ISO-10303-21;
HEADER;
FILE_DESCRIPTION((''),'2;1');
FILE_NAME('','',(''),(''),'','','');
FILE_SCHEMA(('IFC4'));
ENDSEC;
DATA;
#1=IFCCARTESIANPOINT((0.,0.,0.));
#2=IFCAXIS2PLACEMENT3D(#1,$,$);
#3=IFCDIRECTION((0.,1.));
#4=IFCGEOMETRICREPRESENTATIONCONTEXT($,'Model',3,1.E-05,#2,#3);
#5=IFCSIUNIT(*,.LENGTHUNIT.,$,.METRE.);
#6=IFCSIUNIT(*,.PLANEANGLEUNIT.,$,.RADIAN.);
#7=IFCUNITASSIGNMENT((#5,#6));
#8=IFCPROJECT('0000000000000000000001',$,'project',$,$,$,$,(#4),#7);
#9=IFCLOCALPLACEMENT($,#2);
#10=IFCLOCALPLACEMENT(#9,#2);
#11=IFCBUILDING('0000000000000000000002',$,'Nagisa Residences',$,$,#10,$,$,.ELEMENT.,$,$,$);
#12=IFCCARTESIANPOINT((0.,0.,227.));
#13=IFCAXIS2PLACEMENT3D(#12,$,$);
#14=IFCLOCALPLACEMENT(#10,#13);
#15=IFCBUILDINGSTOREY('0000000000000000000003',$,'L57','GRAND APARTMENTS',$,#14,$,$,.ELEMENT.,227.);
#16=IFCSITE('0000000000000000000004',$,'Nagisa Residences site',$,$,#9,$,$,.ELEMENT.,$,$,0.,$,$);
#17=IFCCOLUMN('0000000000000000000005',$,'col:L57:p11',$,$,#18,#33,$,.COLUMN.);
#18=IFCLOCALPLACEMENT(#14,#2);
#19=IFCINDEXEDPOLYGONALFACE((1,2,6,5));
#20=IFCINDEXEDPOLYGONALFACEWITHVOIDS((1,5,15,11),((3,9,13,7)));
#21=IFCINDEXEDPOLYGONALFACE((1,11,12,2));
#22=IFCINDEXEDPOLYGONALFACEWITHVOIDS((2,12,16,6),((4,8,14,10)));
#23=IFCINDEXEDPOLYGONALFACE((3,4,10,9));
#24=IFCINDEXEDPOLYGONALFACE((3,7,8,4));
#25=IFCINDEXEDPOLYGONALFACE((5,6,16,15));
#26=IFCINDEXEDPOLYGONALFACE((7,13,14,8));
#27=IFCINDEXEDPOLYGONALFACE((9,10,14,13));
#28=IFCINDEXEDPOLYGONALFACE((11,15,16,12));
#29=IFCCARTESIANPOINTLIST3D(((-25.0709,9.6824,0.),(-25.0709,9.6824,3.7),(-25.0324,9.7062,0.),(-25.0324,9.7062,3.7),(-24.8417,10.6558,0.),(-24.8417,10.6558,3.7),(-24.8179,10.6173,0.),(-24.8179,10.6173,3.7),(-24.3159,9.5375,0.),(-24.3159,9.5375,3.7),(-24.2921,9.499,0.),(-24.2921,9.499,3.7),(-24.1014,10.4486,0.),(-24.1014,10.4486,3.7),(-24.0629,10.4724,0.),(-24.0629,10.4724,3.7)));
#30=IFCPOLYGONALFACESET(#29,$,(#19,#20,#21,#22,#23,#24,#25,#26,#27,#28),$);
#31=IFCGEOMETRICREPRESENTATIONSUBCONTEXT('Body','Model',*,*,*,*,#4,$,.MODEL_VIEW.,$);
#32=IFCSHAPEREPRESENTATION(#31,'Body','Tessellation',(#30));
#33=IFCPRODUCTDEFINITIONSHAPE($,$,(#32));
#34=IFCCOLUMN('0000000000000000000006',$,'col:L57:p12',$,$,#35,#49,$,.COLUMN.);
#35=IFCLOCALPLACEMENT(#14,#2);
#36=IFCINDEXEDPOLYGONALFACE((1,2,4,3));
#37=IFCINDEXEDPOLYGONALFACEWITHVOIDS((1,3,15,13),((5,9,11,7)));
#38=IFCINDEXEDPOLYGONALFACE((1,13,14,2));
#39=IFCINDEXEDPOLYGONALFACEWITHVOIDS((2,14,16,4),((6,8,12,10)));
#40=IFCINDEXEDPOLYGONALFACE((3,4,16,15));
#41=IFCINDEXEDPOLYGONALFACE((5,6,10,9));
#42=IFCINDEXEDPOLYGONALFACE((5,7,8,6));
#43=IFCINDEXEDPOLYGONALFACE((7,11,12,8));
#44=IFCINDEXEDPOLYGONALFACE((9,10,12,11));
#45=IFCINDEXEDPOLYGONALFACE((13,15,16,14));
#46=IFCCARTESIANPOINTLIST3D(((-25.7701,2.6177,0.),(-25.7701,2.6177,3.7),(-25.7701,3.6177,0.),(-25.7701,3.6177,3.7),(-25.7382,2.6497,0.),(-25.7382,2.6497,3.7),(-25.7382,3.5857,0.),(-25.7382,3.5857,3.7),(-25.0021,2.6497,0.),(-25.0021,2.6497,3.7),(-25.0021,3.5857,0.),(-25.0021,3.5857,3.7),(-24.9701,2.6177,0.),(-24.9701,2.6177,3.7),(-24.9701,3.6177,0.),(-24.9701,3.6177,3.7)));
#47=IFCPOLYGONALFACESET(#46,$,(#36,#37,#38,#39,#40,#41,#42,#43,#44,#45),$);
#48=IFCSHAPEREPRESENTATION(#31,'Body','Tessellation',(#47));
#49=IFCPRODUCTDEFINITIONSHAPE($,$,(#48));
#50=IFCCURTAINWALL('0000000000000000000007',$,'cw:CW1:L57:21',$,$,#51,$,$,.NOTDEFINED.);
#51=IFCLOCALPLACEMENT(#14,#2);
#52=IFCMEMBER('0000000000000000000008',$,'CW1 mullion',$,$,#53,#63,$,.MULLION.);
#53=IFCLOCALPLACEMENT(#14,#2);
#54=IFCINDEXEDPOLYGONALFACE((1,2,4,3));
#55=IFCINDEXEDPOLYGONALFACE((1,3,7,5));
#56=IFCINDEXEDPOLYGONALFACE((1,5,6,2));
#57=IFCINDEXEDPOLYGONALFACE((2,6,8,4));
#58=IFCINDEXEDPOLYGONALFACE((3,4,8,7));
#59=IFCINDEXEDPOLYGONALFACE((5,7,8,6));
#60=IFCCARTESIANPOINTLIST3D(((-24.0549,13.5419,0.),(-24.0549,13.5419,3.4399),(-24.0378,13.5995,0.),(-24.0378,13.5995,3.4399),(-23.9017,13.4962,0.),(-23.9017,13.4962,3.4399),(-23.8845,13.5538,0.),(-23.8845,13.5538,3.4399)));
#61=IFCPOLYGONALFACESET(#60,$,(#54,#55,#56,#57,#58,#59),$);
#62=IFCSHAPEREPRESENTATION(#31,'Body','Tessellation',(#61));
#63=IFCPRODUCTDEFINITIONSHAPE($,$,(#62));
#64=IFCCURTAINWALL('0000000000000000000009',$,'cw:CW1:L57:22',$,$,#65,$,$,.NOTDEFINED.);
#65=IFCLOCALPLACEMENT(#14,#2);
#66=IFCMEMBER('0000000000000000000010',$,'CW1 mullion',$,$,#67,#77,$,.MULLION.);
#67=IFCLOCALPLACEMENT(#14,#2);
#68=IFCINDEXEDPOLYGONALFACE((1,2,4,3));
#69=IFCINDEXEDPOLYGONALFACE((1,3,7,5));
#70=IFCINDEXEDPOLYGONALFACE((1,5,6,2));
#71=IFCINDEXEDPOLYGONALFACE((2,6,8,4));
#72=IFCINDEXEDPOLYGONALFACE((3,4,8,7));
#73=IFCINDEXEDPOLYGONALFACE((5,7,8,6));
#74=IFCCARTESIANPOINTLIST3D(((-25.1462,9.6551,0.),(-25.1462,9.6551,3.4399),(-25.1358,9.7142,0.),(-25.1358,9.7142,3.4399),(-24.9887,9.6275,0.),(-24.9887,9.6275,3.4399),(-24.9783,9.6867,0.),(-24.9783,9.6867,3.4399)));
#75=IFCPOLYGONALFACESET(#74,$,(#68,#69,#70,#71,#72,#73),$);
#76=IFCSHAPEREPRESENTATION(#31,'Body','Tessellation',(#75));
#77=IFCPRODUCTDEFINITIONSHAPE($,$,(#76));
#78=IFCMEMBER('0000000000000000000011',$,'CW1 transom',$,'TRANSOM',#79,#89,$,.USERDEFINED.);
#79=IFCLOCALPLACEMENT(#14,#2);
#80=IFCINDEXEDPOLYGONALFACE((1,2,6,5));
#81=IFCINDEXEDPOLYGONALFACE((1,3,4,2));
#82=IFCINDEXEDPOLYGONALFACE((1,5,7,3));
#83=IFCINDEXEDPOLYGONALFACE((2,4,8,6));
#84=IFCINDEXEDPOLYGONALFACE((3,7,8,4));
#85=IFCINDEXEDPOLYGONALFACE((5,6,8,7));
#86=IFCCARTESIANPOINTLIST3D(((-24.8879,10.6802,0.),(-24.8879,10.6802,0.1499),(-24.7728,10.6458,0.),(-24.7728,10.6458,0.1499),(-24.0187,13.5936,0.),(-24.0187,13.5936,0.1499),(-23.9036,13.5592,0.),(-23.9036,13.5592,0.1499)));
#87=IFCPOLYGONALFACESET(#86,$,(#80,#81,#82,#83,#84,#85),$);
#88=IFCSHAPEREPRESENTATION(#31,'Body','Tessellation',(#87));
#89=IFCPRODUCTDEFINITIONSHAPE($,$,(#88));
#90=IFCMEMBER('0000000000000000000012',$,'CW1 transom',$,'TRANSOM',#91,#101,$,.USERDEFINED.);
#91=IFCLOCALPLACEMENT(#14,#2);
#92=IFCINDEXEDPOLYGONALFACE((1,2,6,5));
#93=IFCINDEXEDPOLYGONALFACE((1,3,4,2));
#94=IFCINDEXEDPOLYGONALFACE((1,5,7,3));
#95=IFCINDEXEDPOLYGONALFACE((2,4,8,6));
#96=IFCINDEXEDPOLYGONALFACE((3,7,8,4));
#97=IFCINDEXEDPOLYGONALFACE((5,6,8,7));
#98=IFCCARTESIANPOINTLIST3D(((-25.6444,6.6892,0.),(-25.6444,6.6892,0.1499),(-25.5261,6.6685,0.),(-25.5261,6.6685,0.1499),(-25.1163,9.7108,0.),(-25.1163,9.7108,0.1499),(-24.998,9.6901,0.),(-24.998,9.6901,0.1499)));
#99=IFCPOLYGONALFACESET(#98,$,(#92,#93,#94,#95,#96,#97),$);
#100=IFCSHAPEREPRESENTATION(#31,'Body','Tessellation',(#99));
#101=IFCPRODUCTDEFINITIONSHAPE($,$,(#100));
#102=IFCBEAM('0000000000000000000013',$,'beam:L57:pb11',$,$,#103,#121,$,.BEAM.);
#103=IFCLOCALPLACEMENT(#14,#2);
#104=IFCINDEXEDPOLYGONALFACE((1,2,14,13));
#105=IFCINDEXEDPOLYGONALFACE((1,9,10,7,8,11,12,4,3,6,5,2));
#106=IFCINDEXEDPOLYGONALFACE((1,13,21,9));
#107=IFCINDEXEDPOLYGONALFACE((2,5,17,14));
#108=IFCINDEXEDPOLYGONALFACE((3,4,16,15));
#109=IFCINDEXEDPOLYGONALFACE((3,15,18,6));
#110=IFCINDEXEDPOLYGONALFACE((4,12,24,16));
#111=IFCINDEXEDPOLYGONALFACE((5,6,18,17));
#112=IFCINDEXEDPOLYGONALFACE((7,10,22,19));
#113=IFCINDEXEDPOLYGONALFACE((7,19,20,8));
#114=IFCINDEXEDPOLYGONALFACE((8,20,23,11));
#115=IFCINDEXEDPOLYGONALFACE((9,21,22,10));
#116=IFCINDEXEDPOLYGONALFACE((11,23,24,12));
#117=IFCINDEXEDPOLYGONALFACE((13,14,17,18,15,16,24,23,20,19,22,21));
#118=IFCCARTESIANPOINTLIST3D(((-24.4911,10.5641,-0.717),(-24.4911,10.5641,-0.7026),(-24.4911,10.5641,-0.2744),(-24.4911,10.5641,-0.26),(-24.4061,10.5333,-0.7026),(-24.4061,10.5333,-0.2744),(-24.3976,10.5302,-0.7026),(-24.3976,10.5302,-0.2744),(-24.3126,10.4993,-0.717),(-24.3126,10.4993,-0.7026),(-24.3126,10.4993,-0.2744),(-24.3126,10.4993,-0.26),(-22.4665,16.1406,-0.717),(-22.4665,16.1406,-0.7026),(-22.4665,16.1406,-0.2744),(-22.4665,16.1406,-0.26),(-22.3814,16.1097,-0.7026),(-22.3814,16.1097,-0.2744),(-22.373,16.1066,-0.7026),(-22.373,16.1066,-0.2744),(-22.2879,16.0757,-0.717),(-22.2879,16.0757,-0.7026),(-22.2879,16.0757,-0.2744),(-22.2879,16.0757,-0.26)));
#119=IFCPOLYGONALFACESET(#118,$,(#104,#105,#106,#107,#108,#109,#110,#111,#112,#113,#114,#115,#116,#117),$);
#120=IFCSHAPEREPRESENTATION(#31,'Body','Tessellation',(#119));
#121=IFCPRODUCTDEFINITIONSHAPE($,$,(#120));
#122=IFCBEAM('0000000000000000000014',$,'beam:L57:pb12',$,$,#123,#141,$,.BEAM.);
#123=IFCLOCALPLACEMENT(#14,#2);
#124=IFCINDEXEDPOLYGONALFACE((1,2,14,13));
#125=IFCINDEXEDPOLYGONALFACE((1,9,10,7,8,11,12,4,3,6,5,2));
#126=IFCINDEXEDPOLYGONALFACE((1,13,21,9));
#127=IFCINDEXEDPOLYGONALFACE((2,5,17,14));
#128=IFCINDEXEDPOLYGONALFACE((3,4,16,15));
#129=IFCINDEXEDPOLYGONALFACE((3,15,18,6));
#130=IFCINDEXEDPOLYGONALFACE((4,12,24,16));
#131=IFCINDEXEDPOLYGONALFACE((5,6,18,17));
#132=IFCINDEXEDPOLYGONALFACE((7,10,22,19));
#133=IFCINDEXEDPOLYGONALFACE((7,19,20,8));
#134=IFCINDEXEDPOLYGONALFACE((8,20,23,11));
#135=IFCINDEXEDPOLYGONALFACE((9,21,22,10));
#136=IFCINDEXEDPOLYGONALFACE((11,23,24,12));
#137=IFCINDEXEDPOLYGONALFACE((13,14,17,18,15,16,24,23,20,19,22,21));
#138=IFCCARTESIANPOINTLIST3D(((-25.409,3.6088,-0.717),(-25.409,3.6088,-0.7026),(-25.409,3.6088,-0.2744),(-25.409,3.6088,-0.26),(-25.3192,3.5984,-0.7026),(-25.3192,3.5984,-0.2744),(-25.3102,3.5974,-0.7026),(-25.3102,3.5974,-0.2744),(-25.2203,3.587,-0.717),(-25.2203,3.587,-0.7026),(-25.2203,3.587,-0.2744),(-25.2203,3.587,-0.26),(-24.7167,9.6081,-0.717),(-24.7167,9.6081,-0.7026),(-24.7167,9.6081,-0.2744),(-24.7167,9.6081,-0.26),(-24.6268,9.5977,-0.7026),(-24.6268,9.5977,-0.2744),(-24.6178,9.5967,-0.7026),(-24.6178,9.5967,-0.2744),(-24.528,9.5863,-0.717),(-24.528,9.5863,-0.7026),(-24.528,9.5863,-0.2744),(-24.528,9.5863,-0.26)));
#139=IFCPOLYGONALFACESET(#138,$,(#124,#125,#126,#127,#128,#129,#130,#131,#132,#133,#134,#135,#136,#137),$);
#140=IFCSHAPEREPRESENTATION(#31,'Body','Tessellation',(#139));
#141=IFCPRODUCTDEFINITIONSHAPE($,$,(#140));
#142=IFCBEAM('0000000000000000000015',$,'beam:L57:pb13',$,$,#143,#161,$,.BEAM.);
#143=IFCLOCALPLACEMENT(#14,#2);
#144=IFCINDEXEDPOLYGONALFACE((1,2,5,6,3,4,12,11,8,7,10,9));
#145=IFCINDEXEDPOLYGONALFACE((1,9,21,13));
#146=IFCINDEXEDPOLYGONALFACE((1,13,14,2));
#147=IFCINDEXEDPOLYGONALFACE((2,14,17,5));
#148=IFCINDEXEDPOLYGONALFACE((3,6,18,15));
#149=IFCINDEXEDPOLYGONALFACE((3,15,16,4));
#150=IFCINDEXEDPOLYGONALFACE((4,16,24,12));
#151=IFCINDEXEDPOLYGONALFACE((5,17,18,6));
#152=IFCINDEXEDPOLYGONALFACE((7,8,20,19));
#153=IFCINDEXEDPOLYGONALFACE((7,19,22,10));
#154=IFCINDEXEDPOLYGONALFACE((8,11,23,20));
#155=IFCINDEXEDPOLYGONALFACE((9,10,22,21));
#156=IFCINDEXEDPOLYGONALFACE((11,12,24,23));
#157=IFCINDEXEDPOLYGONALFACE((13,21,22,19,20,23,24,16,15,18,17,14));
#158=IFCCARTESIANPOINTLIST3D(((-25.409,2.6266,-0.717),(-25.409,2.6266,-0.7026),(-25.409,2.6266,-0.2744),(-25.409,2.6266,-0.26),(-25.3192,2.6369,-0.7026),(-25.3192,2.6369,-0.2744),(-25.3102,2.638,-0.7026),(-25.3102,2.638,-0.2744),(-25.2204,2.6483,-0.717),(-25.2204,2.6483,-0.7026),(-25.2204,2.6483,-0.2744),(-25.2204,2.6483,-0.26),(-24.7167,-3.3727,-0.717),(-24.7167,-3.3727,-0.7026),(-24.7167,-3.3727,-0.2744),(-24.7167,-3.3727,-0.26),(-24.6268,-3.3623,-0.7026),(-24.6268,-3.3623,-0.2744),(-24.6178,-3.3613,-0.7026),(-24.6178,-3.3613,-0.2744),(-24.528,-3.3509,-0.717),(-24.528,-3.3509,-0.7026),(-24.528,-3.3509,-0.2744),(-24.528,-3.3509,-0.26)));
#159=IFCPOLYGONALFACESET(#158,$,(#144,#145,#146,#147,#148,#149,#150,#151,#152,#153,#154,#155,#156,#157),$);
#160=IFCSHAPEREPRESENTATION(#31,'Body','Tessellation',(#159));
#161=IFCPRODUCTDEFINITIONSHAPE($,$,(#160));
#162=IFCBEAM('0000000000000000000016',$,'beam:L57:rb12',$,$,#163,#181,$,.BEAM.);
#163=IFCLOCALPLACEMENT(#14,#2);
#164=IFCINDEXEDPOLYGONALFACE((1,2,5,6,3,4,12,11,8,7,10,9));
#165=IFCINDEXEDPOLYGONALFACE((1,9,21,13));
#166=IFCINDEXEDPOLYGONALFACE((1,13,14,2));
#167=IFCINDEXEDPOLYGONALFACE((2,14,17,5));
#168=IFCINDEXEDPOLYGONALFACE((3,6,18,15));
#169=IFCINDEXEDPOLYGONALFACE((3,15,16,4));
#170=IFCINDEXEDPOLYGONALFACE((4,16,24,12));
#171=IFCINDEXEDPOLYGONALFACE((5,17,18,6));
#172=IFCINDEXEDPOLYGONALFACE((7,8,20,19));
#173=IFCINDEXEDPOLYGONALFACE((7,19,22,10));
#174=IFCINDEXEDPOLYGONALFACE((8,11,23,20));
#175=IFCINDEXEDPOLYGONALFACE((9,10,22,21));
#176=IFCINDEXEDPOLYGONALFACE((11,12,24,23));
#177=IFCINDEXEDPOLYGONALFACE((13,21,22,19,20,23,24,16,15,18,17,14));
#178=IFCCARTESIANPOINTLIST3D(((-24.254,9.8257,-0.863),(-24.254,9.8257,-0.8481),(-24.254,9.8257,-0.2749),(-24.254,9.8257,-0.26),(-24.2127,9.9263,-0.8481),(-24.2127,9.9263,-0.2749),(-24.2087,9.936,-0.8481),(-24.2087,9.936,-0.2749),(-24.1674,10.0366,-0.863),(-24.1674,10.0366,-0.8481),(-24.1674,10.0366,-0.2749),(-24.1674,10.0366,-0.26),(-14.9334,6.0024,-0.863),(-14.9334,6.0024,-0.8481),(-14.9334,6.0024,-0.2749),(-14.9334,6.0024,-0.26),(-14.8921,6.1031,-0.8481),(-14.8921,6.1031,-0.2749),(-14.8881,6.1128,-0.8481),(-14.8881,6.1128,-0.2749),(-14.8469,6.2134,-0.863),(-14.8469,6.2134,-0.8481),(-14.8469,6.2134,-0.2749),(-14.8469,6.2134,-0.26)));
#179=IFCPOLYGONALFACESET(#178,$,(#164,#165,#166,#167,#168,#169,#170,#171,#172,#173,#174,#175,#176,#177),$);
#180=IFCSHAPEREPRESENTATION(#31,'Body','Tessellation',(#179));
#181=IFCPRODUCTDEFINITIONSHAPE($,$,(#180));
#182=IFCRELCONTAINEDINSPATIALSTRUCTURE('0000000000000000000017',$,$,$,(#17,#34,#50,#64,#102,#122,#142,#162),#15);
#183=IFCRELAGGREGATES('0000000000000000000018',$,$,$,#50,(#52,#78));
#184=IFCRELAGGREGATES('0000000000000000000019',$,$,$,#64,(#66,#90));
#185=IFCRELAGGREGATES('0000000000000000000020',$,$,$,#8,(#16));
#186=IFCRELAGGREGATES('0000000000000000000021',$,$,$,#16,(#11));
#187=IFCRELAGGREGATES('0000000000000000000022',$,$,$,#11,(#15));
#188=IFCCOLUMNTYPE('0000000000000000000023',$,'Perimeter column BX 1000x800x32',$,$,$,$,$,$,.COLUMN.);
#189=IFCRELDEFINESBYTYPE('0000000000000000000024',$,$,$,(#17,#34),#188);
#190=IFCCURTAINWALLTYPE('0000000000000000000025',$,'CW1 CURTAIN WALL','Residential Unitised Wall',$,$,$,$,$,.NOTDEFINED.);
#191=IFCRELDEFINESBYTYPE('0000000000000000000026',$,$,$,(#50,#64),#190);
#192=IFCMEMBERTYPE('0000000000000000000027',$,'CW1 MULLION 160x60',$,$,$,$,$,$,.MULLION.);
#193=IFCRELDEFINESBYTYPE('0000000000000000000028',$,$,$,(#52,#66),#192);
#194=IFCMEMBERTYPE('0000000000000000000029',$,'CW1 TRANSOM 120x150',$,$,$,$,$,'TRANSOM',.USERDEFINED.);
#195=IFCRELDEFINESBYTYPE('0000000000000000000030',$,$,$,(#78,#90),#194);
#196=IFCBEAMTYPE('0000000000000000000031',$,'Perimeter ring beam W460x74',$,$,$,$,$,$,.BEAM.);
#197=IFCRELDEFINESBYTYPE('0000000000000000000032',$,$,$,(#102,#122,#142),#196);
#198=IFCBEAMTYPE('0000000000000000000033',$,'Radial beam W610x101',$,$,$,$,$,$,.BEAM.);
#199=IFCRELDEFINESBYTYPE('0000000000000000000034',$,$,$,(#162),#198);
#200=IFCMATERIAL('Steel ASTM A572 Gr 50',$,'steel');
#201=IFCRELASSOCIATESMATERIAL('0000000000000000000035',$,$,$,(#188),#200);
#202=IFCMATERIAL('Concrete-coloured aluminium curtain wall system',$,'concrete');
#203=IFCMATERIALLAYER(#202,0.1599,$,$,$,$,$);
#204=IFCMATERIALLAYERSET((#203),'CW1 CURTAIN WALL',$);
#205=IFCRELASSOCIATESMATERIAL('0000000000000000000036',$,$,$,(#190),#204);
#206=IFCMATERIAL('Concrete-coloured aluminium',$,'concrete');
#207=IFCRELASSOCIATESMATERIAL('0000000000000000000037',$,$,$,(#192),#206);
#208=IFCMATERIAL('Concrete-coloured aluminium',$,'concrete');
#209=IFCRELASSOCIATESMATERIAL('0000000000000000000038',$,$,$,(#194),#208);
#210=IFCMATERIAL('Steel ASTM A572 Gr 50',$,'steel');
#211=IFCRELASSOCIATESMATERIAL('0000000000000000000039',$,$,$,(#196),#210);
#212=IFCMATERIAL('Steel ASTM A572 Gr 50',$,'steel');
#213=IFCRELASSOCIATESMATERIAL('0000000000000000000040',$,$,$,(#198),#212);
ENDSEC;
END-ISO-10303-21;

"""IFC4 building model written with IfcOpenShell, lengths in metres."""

from ifc_helpers import new_model, si_unit, direction, frame, origin, origin_2d, place, context, subcontext, project, spatial, rectangle, hollow_rectangle, i_section, extrude, material, layer, layer_set, material_profile, profile_set, type_object, element, aggregate, save


model = new_model("IFC4")

# Units and contexts
model_context = context("Model", 3, precision=1e-05, world=origin(), true_north=direction((0.0, 1.0)))
body_context = subcontext(model_context, "Body", "Model", "MODEL_VIEW")
ifc_project = project(units=[si_unit("LENGTHUNIT", "METRE"), si_unit("PLANEANGLEUNIT", "RADIAN")], contexts=[model_context])

# Site, building, storey
site_placement = place(None, origin())
site = spatial("IfcSite", under=ifc_project, at=site_placement, Name="Nagisa Residences site", CompositionType="ELEMENT", RefElevation=0.0)
building_placement = place(site_placement, origin())
building = spatial("IfcBuilding", under=site, at=building_placement, Name="Nagisa Residences", CompositionType="ELEMENT")
storey_placement = place(building_placement, frame((0.0, 0.0, 227.0)))
storey = spatial("IfcBuildingStorey", under=building, at=storey_placement, Name="L57", Description="GRAND APARTMENTS", CompositionType="ELEMENT", Elevation=227.0)

# Columns
ifc_material_1 = material(Name="Steel ASTM A572 Gr 50", Category="steel")
ifc_material_profile_1 = material_profile(ifc_material_1, hollow_rectangle(XDim=1.0, YDim=0.8, WallThickness=0.032, at=origin_2d()), Name="BX 1000x800x32")
ifc_profile_set_1 = profile_set([ifc_material_profile_1], Name="Steel ASTM A572 Gr 50")
column_type = type_object("IfcColumnType", Name="Perimeter column BX 1000x800x32", PredefinedType="COLUMN", material=ifc_profile_set_1)
for number, where, z_axis, x_axis, name in (
    (1, (-24.5669, 10.0774, 0.0), (0.0, 0.0, 1.0), (-0.229202, -0.973379, 0.0), "col:L57:p11"),
    (2, (-25.3701, 3.1177, 0.0), (0.0, 0.0, 1.0), (0.0, -1.0, 0.0), "col:L57:p12"),
):
    element("IfcColumn", number, at=place(storey_placement, frame(where, z_axis=z_axis, x_axis=x_axis)), inside=storey, type_object=column_type, Name=name, PredefinedType="COLUMN", context=body_context, shape_type="SweptSolid", body=[
        extrude(hollow_rectangle(XDim=1.0, YDim=0.8, WallThickness=0.032, at=origin_2d()), origin(), (0.0, 0.0, 1.0), 3.7),
    ])

# Curtain walls, members
ifc_material_2 = material(Name="Concrete-coloured aluminium curtain wall system", Category="concrete")
ifc_layer_1 = layer(ifc_material_2, 0.1599)
ifc_layer_set_1 = layer_set([ifc_layer_1], Name="CW1 CURTAIN WALL")
curtain_wall_type = type_object("IfcCurtainWallType", Name="CW1 CURTAIN WALL", Description="Residential Unitised Wall", PredefinedType="NOTDEFINED", material=ifc_layer_set_1)
curtain_wall_1_placement = place(storey_placement, origin())
curtain_wall_1 = element("IfcCurtainWall", 3, at=curtain_wall_1_placement, inside=storey, type_object=curtain_wall_type, Name="cw:CW1:L57:21", PredefinedType="NOTDEFINED")
ifc_material_3 = material(Name="Concrete-coloured aluminium", Category="concrete")
ifc_material_profile_2 = material_profile(ifc_material_3, rectangle(XDim=0.1599, YDim=0.0601, at=origin_2d()), Name="CW1 MULLION 160x60")
ifc_profile_set_2 = profile_set([ifc_material_profile_2], Name="Concrete-coloured aluminium")
member_type_1 = type_object("IfcMemberType", Name="CW1 MULLION 160x60", PredefinedType="MULLION", material=ifc_profile_set_2)
member_1_placement = place(storey_placement, frame((-23.9697, 13.5479, 0.0), z_axis=(0.0, 0.0, 1.0), x_axis=(0.958271, -0.28586, 0.0)))
member_1 = element("IfcMember", 4, at=member_1_placement, type_object=member_type_1, Name="CW1 mullion", PredefinedType="MULLION", context=body_context, shape_type="SweptSolid", body=[
    extrude(rectangle(XDim=0.1599, YDim=0.0601, at=origin_2d()), origin(), (0.0, 0.0, 1.0), 3.4399),
])
curtain_wall_2_placement = place(storey_placement, origin())
curtain_wall_2 = element("IfcCurtainWall", 5, at=curtain_wall_2_placement, inside=storey, type_object=curtain_wall_type, Name="cw:CW1:L57:22", PredefinedType="NOTDEFINED")
member_2_placement = place(storey_placement, frame((-25.0623, 9.6709, 0.0), z_axis=(0.0, 0.0, 1.0), x_axis=(0.985064, -0.172191, 0.0)))
member_2 = element("IfcMember", 6, at=member_2_placement, type_object=member_type_1, Name="CW1 mullion", PredefinedType="MULLION", context=body_context, shape_type="SweptSolid", body=[
    extrude(rectangle(XDim=0.1599, YDim=0.0601, at=origin_2d()), origin(), (0.0, 0.0, 1.0), 3.4399),
])

# Members
ifc_material_4 = material(Name="Concrete-coloured aluminium", Category="concrete")
ifc_material_profile_3 = material_profile(ifc_material_4, rectangle(XDim=0.1201, YDim=0.1499, at=origin_2d()), Name="CW1 TRANSOM 120x150")
ifc_profile_set_3 = profile_set([ifc_material_profile_3], Name="Concrete-coloured aluminium")
member_type_2 = type_object("IfcMemberType", Name="CW1 TRANSOM 120x150", ElementType="TRANSOM", PredefinedType="USERDEFINED", material=ifc_profile_set_3)
member_3_placement = place(storey_placement, frame((-23.9612, 13.5764, 0.075), z_axis=(-0.285881, -0.958265, 0.0), x_axis=(0.958265, -0.285881, 0.0)))
member_3 = element("IfcMember", 7, at=member_3_placement, type_object=member_type_2, Name="CW1 transom", ObjectType="TRANSOM", PredefinedType="USERDEFINED", context=body_context, shape_type="SweptSolid", body=[
    extrude(rectangle(XDim=0.1201, YDim=0.1499, at=origin_2d()), origin(), (0.0, 0.0, 1.0), 3.0403),
])
member_4_placement = place(storey_placement, frame((-25.0571, 9.7004, 0.075), z_axis=(-0.172164, -0.985068, 0.0), x_axis=(0.985068, -0.172164, 0.0)))
member_4 = element("IfcMember", 8, at=member_4_placement, type_object=member_type_2, Name="CW1 transom", ObjectType="TRANSOM", PredefinedType="USERDEFINED", context=body_context, shape_type="SweptSolid", body=[
    extrude(rectangle(XDim=0.1201, YDim=0.1499, at=origin_2d()), origin(), (0.0, 0.0, 1.0), 3.0674),
])

# Beams
ifc_material_5 = material(Name="Steel ASTM A572 Gr 50", Category="steel")
ifc_material_profile_4 = material_profile(ifc_material_5, i_section(OverallWidth=0.1899, OverallDepth=0.457, WebThickness=0.009, FlangeThickness=0.0144, at=origin_2d()), Name="W460x74")
ifc_profile_set_4 = profile_set([ifc_material_profile_4], Name="Steel ASTM A572 Gr 50")
beam_type_1 = type_object("IfcBeamType", Name="Perimeter ring beam W460x74", PredefinedType="BEAM", material=ifc_profile_set_4)
beam_1_placement = place(storey_placement, frame((-22.3772, 16.1082, -0.4885), z_axis=(-0.341277, -0.939963, 0.0), x_axis=(0.939963, -0.341277, 0.0)))
element("IfcBeam", 9, at=beam_1_placement, inside=storey, type_object=beam_type_1, Name="beam:L57:pb11", PredefinedType="BEAM", context=body_context, shape_type="SweptSolid", body=[
    extrude(i_section(OverallWidth=0.1899, OverallDepth=0.457, WebThickness=0.009, FlangeThickness=0.0144, at=origin_2d()), origin(), (0.0, 0.0, 1.0), 5.9326),
])
for number, where, z_axis, x_axis, name in (
    (10, (-24.6223, 9.5972, -0.4885), (-0.11465, -0.993406, 0.0), (0.993406, -0.11465, 0.0), "beam:L57:pb12"),
    (11, (-25.3147, 2.6375, -0.4885), (0.11465, -0.993406, 0.0), (0.993406, 0.11465, 0.0), "beam:L57:pb13"),
):
    element("IfcBeam", number, at=place(storey_placement, frame(where, z_axis=z_axis, x_axis=x_axis)), inside=storey, type_object=beam_type_1, Name=name, PredefinedType="BEAM", context=body_context, shape_type="SweptSolid", body=[
        extrude(i_section(OverallWidth=0.1899, OverallDepth=0.457, WebThickness=0.009, FlangeThickness=0.0144, at=origin_2d()), origin(), (0.0, 0.0, 1.0), 6.0391),
    ])
ifc_material_6 = material(Name="Steel ASTM A572 Gr 50", Category="steel")
ifc_material_profile_5 = material_profile(ifc_material_6, i_section(OverallWidth=0.228, OverallDepth=0.603, WebThickness=0.0105, FlangeThickness=0.0149, at=origin_2d()), Name="W610x101")
ifc_profile_set_5 = profile_set([ifc_material_profile_5], Name="Steel ASTM A572 Gr 50")
beam_type_2 = type_object("IfcBeamType", Name="Radial beam W610x101", PredefinedType="BEAM", material=ifc_profile_set_5)
beam_2_placement = place(storey_placement, frame((-24.2107, 9.9312, -0.5615), z_axis=(0.925189, -0.379507, 0.0), x_axis=(0.379507, 0.925189, 0.0)))
element("IfcBeam", 12, at=beam_2_placement, inside=storey, type_object=beam_type_2, Name="beam:L57:rb12", PredefinedType="BEAM", context=body_context, shape_type="SweptSolid", body=[
    extrude(i_section(OverallWidth=0.228, OverallDepth=0.603, WebThickness=0.0105, FlangeThickness=0.0149, at=origin_2d()), origin(), (0.0, 0.0, 1.0), 10.0742),
])

aggregate(curtain_wall_1, [member_1, member_3])
aggregate(curtain_wall_2, [member_2, member_4])

save(model, "model.ifc")
